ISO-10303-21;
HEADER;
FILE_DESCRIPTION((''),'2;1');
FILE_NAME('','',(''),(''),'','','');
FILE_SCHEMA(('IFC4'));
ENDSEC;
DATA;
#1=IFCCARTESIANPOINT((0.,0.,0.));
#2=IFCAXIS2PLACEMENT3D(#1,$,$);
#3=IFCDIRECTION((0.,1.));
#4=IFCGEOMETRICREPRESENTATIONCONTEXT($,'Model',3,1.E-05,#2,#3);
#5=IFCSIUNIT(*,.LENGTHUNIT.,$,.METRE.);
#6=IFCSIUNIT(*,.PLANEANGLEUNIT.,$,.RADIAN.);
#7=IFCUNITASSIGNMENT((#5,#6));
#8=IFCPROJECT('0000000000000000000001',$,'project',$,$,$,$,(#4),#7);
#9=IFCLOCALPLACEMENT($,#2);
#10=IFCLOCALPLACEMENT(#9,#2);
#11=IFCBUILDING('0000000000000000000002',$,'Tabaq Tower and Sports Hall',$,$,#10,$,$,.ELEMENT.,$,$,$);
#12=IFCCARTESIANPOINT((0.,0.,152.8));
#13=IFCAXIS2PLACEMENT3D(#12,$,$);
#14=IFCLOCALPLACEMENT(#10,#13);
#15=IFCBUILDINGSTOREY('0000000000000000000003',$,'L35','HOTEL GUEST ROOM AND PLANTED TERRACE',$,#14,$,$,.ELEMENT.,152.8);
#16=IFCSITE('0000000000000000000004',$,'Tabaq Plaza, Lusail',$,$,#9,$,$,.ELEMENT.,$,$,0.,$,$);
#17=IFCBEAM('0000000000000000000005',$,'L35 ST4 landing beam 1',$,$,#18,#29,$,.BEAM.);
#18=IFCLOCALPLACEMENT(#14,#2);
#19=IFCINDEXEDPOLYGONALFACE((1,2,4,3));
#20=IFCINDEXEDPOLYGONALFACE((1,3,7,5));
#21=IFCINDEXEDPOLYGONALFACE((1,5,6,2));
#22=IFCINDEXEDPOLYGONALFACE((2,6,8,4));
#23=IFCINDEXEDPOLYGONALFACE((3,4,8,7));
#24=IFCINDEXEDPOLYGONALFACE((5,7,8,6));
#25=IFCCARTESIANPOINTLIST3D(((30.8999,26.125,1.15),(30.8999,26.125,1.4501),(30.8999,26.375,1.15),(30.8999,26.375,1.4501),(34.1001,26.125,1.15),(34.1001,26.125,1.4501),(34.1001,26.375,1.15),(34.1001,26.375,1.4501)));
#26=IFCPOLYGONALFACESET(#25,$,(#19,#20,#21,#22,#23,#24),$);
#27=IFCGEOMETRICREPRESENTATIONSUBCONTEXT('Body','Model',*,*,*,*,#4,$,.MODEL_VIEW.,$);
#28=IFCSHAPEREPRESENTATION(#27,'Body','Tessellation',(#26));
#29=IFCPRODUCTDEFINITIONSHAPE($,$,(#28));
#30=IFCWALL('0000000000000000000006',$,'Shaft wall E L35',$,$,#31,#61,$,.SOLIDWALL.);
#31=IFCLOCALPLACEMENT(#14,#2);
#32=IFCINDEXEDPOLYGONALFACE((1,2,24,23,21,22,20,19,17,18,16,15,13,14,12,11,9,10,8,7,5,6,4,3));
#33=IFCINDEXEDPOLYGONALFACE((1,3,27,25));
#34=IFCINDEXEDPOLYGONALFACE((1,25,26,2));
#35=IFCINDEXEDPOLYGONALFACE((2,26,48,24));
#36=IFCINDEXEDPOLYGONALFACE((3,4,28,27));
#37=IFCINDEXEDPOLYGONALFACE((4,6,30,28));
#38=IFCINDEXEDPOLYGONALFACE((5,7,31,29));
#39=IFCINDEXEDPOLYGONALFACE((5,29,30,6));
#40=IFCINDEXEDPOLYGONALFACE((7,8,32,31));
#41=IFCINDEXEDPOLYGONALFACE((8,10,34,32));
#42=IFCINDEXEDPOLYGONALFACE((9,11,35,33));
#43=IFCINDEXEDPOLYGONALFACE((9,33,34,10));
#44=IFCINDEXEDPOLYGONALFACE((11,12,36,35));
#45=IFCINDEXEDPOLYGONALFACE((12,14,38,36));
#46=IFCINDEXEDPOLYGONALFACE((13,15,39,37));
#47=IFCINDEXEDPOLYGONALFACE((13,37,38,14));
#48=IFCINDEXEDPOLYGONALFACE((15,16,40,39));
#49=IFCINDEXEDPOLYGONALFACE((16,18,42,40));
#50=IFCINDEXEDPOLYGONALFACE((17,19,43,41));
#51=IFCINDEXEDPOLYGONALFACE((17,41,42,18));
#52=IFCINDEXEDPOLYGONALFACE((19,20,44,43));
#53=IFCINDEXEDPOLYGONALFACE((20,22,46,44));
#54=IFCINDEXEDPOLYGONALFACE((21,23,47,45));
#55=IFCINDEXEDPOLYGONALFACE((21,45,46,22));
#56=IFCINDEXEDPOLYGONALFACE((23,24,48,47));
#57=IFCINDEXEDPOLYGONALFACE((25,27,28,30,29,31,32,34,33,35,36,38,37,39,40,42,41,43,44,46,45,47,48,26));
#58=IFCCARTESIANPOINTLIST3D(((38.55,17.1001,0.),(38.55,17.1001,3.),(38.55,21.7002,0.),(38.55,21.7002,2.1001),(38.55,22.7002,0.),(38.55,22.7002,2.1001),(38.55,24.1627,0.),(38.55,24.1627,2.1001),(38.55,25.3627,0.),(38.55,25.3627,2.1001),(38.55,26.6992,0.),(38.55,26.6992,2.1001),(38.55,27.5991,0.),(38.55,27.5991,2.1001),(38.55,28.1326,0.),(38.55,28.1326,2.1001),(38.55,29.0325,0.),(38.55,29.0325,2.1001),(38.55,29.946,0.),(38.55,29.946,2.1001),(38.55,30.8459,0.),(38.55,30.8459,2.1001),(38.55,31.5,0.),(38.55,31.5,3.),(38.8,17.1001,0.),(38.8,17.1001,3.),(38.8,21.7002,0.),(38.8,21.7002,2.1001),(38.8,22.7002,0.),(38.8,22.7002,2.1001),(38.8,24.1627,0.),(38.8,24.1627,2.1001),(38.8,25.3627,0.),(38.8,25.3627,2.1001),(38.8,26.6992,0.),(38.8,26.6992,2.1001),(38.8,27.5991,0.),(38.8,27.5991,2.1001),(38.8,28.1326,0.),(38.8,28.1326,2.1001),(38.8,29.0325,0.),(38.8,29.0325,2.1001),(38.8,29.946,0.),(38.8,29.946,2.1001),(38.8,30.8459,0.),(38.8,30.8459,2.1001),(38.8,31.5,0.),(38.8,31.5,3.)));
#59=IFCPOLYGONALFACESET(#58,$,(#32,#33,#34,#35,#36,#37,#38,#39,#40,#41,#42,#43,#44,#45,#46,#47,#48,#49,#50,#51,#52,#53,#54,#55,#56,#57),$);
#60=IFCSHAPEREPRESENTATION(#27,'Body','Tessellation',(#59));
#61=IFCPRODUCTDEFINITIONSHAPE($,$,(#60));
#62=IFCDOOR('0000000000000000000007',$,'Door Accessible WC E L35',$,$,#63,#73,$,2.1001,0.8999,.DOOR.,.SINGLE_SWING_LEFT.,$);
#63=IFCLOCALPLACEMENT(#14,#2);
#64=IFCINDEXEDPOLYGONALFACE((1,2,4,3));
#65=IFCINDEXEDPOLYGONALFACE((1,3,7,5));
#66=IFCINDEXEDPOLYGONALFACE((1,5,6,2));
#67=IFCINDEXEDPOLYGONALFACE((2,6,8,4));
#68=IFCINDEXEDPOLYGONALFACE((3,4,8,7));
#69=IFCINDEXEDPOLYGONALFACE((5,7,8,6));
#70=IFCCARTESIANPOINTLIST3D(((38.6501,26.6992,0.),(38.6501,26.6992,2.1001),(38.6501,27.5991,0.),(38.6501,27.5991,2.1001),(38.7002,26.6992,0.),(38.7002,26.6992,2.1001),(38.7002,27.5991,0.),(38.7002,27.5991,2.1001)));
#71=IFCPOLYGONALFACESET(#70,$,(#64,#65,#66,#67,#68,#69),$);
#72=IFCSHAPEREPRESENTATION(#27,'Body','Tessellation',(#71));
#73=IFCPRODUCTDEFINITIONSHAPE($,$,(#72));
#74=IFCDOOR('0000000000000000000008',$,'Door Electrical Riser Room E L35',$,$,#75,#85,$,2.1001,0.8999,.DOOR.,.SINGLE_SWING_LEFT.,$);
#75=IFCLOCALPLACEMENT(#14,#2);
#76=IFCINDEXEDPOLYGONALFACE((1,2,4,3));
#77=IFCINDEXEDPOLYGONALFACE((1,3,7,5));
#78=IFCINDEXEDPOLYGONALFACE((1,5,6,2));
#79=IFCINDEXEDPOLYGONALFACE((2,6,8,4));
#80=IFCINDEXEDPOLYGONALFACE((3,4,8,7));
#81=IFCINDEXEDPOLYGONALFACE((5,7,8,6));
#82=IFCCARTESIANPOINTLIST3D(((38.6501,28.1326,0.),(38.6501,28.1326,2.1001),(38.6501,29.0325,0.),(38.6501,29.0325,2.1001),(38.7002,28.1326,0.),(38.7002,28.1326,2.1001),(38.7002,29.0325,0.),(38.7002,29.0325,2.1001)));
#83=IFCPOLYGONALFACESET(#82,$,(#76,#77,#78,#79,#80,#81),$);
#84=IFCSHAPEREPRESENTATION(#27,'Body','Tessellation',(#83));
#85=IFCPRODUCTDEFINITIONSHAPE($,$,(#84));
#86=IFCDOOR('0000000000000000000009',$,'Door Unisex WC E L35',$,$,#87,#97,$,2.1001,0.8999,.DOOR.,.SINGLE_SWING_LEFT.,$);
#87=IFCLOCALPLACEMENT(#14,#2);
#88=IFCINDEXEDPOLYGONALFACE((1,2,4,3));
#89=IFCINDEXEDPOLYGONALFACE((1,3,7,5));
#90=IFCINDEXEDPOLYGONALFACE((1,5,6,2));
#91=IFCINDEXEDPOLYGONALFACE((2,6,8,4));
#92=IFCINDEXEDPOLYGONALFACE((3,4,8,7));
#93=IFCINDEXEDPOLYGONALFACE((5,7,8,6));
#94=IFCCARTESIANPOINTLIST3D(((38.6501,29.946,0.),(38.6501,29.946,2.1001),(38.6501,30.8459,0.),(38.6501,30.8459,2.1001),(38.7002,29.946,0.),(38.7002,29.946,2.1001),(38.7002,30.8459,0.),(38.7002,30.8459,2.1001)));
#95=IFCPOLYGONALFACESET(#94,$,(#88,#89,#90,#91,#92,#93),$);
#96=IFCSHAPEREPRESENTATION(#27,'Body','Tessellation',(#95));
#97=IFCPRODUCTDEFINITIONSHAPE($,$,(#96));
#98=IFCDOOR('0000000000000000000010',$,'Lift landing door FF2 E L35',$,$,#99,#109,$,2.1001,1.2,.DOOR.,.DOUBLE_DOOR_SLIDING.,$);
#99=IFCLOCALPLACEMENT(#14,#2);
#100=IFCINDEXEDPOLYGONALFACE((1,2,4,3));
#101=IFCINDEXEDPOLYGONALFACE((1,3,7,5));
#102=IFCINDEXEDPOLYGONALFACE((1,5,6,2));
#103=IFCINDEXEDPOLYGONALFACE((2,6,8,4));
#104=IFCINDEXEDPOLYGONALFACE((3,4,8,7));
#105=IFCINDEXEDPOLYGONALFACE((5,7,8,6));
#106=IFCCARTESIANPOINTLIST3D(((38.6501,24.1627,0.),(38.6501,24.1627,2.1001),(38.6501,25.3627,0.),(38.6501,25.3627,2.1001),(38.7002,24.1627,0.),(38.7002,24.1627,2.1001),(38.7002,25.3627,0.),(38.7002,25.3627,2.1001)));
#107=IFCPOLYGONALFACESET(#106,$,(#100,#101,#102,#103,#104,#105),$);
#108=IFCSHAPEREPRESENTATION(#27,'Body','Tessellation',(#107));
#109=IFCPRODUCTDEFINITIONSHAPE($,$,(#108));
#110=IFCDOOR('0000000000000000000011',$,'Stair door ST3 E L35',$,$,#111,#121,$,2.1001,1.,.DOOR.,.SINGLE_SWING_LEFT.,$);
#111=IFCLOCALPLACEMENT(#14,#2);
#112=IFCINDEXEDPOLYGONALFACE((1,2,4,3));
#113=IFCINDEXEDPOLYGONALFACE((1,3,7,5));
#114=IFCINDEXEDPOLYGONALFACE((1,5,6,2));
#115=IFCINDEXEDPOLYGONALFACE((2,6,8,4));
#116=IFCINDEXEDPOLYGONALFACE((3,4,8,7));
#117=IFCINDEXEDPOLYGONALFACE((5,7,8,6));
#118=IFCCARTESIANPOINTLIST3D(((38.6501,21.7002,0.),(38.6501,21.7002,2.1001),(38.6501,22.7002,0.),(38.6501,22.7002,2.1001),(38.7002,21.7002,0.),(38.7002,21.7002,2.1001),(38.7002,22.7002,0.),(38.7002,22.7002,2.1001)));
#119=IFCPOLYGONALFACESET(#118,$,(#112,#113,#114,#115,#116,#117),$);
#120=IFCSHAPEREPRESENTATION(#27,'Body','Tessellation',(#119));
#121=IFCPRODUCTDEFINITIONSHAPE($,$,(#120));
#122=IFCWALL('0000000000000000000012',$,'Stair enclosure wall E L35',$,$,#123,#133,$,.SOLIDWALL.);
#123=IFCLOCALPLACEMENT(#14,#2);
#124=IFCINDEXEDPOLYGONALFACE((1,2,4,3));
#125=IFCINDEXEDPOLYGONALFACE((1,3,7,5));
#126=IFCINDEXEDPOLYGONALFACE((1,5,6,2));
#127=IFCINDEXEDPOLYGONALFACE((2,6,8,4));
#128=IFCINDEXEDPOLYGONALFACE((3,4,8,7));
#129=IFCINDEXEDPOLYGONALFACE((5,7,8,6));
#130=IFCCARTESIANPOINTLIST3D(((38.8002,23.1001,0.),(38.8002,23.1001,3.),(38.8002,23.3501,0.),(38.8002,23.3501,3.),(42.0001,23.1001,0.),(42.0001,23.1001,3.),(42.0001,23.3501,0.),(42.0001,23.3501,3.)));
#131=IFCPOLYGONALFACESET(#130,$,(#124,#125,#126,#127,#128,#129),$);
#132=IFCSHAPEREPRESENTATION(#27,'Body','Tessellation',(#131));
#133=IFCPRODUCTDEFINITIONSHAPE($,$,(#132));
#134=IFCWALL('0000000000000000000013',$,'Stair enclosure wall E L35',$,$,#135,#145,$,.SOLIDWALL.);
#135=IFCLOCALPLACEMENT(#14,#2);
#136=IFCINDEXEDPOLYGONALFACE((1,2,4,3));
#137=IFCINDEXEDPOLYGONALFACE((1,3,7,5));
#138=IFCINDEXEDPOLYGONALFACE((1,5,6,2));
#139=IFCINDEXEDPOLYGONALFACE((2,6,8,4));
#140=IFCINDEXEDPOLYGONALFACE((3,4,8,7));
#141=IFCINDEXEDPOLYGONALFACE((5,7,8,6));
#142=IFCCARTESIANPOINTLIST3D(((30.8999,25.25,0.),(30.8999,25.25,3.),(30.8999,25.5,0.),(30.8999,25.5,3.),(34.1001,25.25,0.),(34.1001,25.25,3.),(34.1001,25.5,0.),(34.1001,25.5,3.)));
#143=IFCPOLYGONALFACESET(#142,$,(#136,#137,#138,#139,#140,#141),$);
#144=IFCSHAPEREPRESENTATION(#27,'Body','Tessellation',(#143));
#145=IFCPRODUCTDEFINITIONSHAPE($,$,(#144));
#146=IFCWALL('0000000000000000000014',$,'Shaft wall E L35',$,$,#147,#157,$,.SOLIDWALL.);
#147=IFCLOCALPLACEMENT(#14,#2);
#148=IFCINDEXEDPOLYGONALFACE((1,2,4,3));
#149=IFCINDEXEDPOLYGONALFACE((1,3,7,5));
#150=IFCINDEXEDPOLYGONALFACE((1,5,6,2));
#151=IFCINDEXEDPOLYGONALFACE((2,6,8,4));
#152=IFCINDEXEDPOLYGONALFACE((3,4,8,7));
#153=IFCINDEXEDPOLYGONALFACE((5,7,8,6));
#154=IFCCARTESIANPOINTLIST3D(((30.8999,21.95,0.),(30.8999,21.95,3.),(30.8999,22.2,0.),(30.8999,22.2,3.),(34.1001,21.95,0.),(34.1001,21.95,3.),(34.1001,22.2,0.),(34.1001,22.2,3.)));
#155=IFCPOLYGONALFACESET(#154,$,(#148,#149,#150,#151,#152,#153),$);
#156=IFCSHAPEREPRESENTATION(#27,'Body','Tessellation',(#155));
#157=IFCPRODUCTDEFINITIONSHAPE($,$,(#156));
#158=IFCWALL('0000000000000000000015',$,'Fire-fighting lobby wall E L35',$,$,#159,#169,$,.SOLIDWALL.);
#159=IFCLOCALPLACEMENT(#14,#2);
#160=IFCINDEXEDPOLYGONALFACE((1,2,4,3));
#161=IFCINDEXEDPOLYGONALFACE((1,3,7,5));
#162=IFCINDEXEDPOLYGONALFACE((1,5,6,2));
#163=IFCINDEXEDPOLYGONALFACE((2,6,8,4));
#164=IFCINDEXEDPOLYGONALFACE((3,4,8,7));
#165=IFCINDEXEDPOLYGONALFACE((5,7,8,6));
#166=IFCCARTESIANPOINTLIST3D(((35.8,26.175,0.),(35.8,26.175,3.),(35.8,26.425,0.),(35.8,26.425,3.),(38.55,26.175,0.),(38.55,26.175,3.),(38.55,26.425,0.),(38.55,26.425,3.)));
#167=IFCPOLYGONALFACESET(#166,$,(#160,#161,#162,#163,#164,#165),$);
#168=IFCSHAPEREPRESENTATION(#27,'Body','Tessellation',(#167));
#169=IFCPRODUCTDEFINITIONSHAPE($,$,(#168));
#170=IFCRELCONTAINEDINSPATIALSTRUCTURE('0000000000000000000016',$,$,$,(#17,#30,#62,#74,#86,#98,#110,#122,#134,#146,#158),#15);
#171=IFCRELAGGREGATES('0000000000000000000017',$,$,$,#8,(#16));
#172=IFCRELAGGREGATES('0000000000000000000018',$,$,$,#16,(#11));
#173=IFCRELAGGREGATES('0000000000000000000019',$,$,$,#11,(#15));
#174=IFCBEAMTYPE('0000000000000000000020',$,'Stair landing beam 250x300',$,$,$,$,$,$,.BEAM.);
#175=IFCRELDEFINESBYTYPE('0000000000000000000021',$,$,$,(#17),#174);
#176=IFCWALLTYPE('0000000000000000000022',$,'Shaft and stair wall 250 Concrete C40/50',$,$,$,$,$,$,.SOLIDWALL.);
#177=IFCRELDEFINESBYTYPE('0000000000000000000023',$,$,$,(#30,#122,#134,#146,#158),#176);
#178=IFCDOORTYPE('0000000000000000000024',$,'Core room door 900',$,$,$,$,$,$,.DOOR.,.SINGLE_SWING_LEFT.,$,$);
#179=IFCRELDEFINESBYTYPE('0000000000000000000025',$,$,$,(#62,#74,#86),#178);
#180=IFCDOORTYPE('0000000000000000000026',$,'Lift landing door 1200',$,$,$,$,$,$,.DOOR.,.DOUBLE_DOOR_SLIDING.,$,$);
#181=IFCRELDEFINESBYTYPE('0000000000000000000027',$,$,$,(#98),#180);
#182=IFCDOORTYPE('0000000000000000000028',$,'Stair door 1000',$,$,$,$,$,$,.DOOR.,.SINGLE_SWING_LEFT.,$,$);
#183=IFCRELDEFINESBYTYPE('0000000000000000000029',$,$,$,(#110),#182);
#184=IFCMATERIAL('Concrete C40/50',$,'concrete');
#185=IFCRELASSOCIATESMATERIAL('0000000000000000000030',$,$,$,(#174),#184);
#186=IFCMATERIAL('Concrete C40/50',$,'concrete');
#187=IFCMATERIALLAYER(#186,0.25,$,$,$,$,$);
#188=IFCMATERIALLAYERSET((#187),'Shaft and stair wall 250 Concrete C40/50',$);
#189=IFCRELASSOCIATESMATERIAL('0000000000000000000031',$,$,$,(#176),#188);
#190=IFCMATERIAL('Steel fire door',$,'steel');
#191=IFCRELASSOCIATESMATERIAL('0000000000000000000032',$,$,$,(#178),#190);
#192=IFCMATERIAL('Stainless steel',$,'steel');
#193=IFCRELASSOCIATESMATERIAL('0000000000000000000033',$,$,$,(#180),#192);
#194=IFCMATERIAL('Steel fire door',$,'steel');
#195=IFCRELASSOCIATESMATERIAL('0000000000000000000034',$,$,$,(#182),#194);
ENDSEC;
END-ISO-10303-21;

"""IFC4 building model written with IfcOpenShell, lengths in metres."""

from ifc_helpers import new_model, si_unit, direction, frame, frame_2d, origin, origin_2d, place, context, subcontext, project, spatial, rectangle, extrude, material, layer, layer_set, material_profile, profile_set, type_object, element, fill, save


model = new_model("IFC4")

# Units and contexts
model_context = context("Model", 3, precision=1e-05, world=origin(), true_north=direction((0.0, 1.0)))
body_context = subcontext(model_context, "Body", "Model", "MODEL_VIEW")
ifc_project = project(units=[si_unit("LENGTHUNIT", "METRE"), si_unit("PLANEANGLEUNIT", "RADIAN")], contexts=[model_context])

# Site, building, storey
site_placement = place(None, origin())
site = spatial("IfcSite", under=ifc_project, at=site_placement, Name="Tabaq Plaza, Lusail", CompositionType="ELEMENT", RefElevation=0.0)
building_placement = place(site_placement, origin())
building = spatial("IfcBuilding", under=site, at=building_placement, Name="Tabaq Tower and Sports Hall", CompositionType="ELEMENT")
storey_placement = place(building_placement, frame((0.0, 0.0, 152.8)))
storey = spatial("IfcBuildingStorey", under=building, at=storey_placement, Name="L35", Description="HOTEL GUEST ROOM AND PLANTED TERRACE", CompositionType="ELEMENT", Elevation=152.8)

# Beam
ifc_material_1 = material(Name="Concrete C40/50", Category="concrete")
ifc_material_profile = material_profile(ifc_material_1, rectangle(XDim=0.25, YDim=0.3, at=origin_2d()), Name="RC 250x300")
ifc_profile_set = profile_set([ifc_material_profile], Name="Concrete C40/50")
beam_type = type_object("IfcBeamType", Name="Stair landing beam 250x300", PredefinedType="BEAM", material=ifc_profile_set)
beam_placement = place(storey_placement, frame((30.8999, 26.25, 1.3), z_axis=(1.0, 0.0, 0.0), x_axis=(0.0, 1.0, 0.0)))
element("IfcBeam", 1, at=beam_placement, inside=storey, type_object=beam_type, Name="L35 ST4 landing beam 1", PredefinedType="BEAM", context=body_context, shape_type="SweptSolid", body=[
    extrude(rectangle(XDim=0.25, YDim=0.3, at=origin_2d()), origin(), (0.0, 0.0, 1.0), 3.2002),
])

# Wall, openings, doors
ifc_material_2 = material(Name="Concrete C40/50", Category="concrete")
ifc_layer = layer(ifc_material_2, 0.25)
ifc_layer_set = layer_set([ifc_layer], Name="Shaft and stair wall 250 Concrete C40/50")
wall_type = type_object("IfcWallType", Name="Shaft and stair wall 250 Concrete C40/50", PredefinedType="SOLIDWALL", material=ifc_layer_set)
wall_1_placement = place(storey_placement, frame((38.675, 17.1001, 0.0), z_axis=(0.0, 0.0, 1.0), x_axis=(0.0, 1.0, 0.0)))
wall_1 = element("IfcWall", 2, at=wall_1_placement, inside=storey, type_object=wall_type, Name="Shaft wall E L35", PredefinedType="SOLIDWALL", context=body_context, shape_type="SweptSolid", body=[
    extrude(rectangle(XDim=14.3999, YDim=0.25, at=frame_2d((7.2, 0.0))), origin(), (0.0, 0.0, 1.0), 3.0),
])
opening_1_placement = place(wall_1_placement, frame((4.6001, 0.0, 0.0)))
opening_1 = element("IfcOpeningElement", 3, at=opening_1_placement, cuts=wall_1, PredefinedType="OPENING", context=body_context, shape_type="SweptSolid", body=[
    extrude(rectangle(XDim=1.0, YDim=2.1001, at=frame_2d((0.5, 1.05))), frame((0.0, 0.125, 0.0), z_axis=(0.0, -1.0, 0.0), x_axis=(1.0, 0.0, 0.0)), (0.0, 0.0, 1.0), 0.25),
])
opening_2_placement = place(wall_1_placement, frame((7.0625, 0.0, 0.0)))
opening_2 = element("IfcOpeningElement", 4, at=opening_2_placement, cuts=wall_1, PredefinedType="OPENING", context=body_context, shape_type="SweptSolid", body=[
    extrude(rectangle(XDim=1.2, YDim=2.1001, at=frame_2d((0.6001, 1.05))), frame((0.0, 0.125, 0.0), z_axis=(0.0, -1.0, 0.0), x_axis=(1.0, 0.0, 0.0)), (0.0, 0.0, 1.0), 0.25),
])
opening_3_placement = place(wall_1_placement, frame((9.5991, 0.0, 0.0)))
opening_3 = element("IfcOpeningElement", 5, at=opening_3_placement, cuts=wall_1, PredefinedType="OPENING", context=body_context, shape_type="SweptSolid", body=[
    extrude(rectangle(XDim=0.8999, YDim=2.1001, at=frame_2d((0.45, 1.05))), frame((0.0, 0.125, 0.0), z_axis=(0.0, -1.0, 0.0), x_axis=(1.0, 0.0, 0.0)), (0.0, 0.0, 1.0), 0.25),
])
opening_4_placement = place(wall_1_placement, frame((11.0325, 0.0, 0.0)))
opening_4 = element("IfcOpeningElement", 6, at=opening_4_placement, cuts=wall_1, PredefinedType="OPENING", context=body_context, shape_type="SweptSolid", body=[
    extrude(rectangle(XDim=0.8999, YDim=2.1001, at=frame_2d((0.45, 1.05))), frame((0.0, 0.125, 0.0), z_axis=(0.0, -1.0, 0.0), x_axis=(1.0, 0.0, 0.0)), (0.0, 0.0, 1.0), 0.25),
])
opening_5_placement = place(wall_1_placement, frame((12.8459, 0.0, 0.0)))
opening_5 = element("IfcOpeningElement", 7, at=opening_5_placement, cuts=wall_1, PredefinedType="OPENING", context=body_context, shape_type="SweptSolid", body=[
    extrude(rectangle(XDim=0.8999, YDim=2.1001, at=frame_2d((0.45, 1.05))), frame((0.0, 0.125, 0.0), z_axis=(0.0, -1.0, 0.0), x_axis=(1.0, 0.0, 0.0)), (0.0, 0.0, 1.0), 0.25),
])
ifc_material_3 = material(Name="Steel fire door", Category="steel")
door_type_1 = type_object("IfcDoorType", Name="Core room door 900", OperationType="SINGLE_SWING_LEFT", PredefinedType="DOOR", material=ifc_material_3)
door_1_placement = place(opening_3_placement, origin())
door_1 = element("IfcDoor", 8, at=door_1_placement, inside=storey, type_object=door_type_1, Name="Door Accessible WC E L35", OperationType="SINGLE_SWING_LEFT", OverallHeight=2.1001, OverallWidth=0.8999, PredefinedType="DOOR", context=body_context, shape_type="SweptSolid", body=[
    extrude(rectangle(XDim=0.8999, YDim=2.1001, at=frame_2d((0.45, 1.05))), frame((0.0, 0.0249, 0.0), z_axis=(0.0, -1.0, 0.0), x_axis=(1.0, 0.0, 0.0)), (0.0, 0.0, 1.0), 0.05),
])
fill(opening_3, door_1)
door_2_placement = place(opening_4_placement, origin())
door_2 = element("IfcDoor", 9, at=door_2_placement, inside=storey, type_object=door_type_1, Name="Door Electrical Riser Room E L35", OperationType="SINGLE_SWING_LEFT", OverallHeight=2.1001, OverallWidth=0.8999, PredefinedType="DOOR", context=body_context, shape_type="SweptSolid", body=[
    extrude(rectangle(XDim=0.8999, YDim=2.1001, at=frame_2d((0.45, 1.05))), frame((0.0, 0.0249, 0.0), z_axis=(0.0, -1.0, 0.0), x_axis=(1.0, 0.0, 0.0)), (0.0, 0.0, 1.0), 0.05),
])
fill(opening_4, door_2)
door_3_placement = place(opening_5_placement, origin())
door_3 = element("IfcDoor", 10, at=door_3_placement, inside=storey, type_object=door_type_1, Name="Door Unisex WC E L35", OperationType="SINGLE_SWING_LEFT", OverallHeight=2.1001, OverallWidth=0.8999, PredefinedType="DOOR", context=body_context, shape_type="SweptSolid", body=[
    extrude(rectangle(XDim=0.8999, YDim=2.1001, at=frame_2d((0.45, 1.05))), frame((0.0, 0.0249, 0.0), z_axis=(0.0, -1.0, 0.0), x_axis=(1.0, 0.0, 0.0)), (0.0, 0.0, 1.0), 0.05),
])
fill(opening_5, door_3)
ifc_material_4 = material(Name="Stainless steel", Category="steel")
door_type_2 = type_object("IfcDoorType", Name="Lift landing door 1200", OperationType="DOUBLE_DOOR_SLIDING", PredefinedType="DOOR", material=ifc_material_4)
door_4_placement = place(opening_2_placement, origin())
door_4 = element("IfcDoor", 11, at=door_4_placement, inside=storey, type_object=door_type_2, Name="Lift landing door FF2 E L35", OperationType="DOUBLE_DOOR_SLIDING", OverallHeight=2.1001, OverallWidth=1.2, PredefinedType="DOOR", context=body_context, shape_type="SweptSolid", body=[
    extrude(rectangle(XDim=1.2, YDim=2.1001, at=frame_2d((0.6001, 1.05))), frame((0.0, 0.0249, 0.0), z_axis=(0.0, -1.0, 0.0), x_axis=(1.0, 0.0, 0.0)), (0.0, 0.0, 1.0), 0.05),
])
fill(opening_2, door_4)
ifc_material_5 = material(Name="Steel fire door", Category="steel")
door_type_3 = type_object("IfcDoorType", Name="Stair door 1000", OperationType="SINGLE_SWING_LEFT", PredefinedType="DOOR", material=ifc_material_5)
door_5_placement = place(opening_1_placement, origin())
door_5 = element("IfcDoor", 12, at=door_5_placement, inside=storey, type_object=door_type_3, Name="Stair door ST3 E L35", OperationType="SINGLE_SWING_LEFT", OverallHeight=2.1001, OverallWidth=1.0, PredefinedType="DOOR", context=body_context, shape_type="SweptSolid", body=[
    extrude(rectangle(XDim=1.0, YDim=2.1001, at=frame_2d((0.5, 1.05))), frame((0.0, 0.0249, 0.0), z_axis=(0.0, -1.0, 0.0), x_axis=(1.0, 0.0, 0.0)), (0.0, 0.0, 1.0), 0.05),
])
fill(opening_1, door_5)

# Walls
wall_2_placement = place(storey_placement, frame((38.8, 23.2251, 0.0), z_axis=(0.0, 0.0, 1.0), x_axis=(1.0, 0.0, 0.0)))
element("IfcWall", 13, at=wall_2_placement, inside=storey, type_object=wall_type, Name="Stair enclosure wall E L35", PredefinedType="SOLIDWALL", context=body_context, shape_type="SweptSolid", body=[
    extrude(rectangle(XDim=3.2, YDim=0.25, at=frame_2d((1.6001, 0.0))), origin(), (0.0, 0.0, 1.0), 3.0),
])
for number, where, z_axis, x_axis, name in (
    (14, (30.8999, 25.375, 0.0), (0.0, 0.0, 1.0), (1.0, 0.0, 0.0), "Stair enclosure wall E L35"),
    (15, (30.8999, 22.075, 0.0), (0.0, 0.0, 1.0), (1.0, 0.0, 0.0), "Shaft wall E L35"),
):
    element("IfcWall", number, at=place(storey_placement, frame(where, z_axis=z_axis, x_axis=x_axis)), inside=storey, type_object=wall_type, Name=name, PredefinedType="SOLIDWALL", context=body_context, shape_type="SweptSolid", body=[
        extrude(rectangle(XDim=3.2002, YDim=0.25, at=frame_2d((1.6001, 0.0))), origin(), (0.0, 0.0, 1.0), 3.0),
    ])
for number, where, z_axis, x_axis, name in (
    (16, (35.8, 26.3, 0.0), (0.0, 0.0, 1.0), (1.0, 0.0, 0.0), "Fire-fighting lobby wall E L35"),
):
    element("IfcWall", number, at=place(storey_placement, frame(where, z_axis=z_axis, x_axis=x_axis)), inside=storey, type_object=wall_type, Name=name, PredefinedType="SOLIDWALL", context=body_context, shape_type="SweptSolid", body=[
        extrude(rectangle(XDim=2.75, YDim=0.25, at=frame_2d((1.375, 0.0))), origin(), (0.0, 0.0, 1.0), 3.0),
    ])

save(model, "model.ifc")
